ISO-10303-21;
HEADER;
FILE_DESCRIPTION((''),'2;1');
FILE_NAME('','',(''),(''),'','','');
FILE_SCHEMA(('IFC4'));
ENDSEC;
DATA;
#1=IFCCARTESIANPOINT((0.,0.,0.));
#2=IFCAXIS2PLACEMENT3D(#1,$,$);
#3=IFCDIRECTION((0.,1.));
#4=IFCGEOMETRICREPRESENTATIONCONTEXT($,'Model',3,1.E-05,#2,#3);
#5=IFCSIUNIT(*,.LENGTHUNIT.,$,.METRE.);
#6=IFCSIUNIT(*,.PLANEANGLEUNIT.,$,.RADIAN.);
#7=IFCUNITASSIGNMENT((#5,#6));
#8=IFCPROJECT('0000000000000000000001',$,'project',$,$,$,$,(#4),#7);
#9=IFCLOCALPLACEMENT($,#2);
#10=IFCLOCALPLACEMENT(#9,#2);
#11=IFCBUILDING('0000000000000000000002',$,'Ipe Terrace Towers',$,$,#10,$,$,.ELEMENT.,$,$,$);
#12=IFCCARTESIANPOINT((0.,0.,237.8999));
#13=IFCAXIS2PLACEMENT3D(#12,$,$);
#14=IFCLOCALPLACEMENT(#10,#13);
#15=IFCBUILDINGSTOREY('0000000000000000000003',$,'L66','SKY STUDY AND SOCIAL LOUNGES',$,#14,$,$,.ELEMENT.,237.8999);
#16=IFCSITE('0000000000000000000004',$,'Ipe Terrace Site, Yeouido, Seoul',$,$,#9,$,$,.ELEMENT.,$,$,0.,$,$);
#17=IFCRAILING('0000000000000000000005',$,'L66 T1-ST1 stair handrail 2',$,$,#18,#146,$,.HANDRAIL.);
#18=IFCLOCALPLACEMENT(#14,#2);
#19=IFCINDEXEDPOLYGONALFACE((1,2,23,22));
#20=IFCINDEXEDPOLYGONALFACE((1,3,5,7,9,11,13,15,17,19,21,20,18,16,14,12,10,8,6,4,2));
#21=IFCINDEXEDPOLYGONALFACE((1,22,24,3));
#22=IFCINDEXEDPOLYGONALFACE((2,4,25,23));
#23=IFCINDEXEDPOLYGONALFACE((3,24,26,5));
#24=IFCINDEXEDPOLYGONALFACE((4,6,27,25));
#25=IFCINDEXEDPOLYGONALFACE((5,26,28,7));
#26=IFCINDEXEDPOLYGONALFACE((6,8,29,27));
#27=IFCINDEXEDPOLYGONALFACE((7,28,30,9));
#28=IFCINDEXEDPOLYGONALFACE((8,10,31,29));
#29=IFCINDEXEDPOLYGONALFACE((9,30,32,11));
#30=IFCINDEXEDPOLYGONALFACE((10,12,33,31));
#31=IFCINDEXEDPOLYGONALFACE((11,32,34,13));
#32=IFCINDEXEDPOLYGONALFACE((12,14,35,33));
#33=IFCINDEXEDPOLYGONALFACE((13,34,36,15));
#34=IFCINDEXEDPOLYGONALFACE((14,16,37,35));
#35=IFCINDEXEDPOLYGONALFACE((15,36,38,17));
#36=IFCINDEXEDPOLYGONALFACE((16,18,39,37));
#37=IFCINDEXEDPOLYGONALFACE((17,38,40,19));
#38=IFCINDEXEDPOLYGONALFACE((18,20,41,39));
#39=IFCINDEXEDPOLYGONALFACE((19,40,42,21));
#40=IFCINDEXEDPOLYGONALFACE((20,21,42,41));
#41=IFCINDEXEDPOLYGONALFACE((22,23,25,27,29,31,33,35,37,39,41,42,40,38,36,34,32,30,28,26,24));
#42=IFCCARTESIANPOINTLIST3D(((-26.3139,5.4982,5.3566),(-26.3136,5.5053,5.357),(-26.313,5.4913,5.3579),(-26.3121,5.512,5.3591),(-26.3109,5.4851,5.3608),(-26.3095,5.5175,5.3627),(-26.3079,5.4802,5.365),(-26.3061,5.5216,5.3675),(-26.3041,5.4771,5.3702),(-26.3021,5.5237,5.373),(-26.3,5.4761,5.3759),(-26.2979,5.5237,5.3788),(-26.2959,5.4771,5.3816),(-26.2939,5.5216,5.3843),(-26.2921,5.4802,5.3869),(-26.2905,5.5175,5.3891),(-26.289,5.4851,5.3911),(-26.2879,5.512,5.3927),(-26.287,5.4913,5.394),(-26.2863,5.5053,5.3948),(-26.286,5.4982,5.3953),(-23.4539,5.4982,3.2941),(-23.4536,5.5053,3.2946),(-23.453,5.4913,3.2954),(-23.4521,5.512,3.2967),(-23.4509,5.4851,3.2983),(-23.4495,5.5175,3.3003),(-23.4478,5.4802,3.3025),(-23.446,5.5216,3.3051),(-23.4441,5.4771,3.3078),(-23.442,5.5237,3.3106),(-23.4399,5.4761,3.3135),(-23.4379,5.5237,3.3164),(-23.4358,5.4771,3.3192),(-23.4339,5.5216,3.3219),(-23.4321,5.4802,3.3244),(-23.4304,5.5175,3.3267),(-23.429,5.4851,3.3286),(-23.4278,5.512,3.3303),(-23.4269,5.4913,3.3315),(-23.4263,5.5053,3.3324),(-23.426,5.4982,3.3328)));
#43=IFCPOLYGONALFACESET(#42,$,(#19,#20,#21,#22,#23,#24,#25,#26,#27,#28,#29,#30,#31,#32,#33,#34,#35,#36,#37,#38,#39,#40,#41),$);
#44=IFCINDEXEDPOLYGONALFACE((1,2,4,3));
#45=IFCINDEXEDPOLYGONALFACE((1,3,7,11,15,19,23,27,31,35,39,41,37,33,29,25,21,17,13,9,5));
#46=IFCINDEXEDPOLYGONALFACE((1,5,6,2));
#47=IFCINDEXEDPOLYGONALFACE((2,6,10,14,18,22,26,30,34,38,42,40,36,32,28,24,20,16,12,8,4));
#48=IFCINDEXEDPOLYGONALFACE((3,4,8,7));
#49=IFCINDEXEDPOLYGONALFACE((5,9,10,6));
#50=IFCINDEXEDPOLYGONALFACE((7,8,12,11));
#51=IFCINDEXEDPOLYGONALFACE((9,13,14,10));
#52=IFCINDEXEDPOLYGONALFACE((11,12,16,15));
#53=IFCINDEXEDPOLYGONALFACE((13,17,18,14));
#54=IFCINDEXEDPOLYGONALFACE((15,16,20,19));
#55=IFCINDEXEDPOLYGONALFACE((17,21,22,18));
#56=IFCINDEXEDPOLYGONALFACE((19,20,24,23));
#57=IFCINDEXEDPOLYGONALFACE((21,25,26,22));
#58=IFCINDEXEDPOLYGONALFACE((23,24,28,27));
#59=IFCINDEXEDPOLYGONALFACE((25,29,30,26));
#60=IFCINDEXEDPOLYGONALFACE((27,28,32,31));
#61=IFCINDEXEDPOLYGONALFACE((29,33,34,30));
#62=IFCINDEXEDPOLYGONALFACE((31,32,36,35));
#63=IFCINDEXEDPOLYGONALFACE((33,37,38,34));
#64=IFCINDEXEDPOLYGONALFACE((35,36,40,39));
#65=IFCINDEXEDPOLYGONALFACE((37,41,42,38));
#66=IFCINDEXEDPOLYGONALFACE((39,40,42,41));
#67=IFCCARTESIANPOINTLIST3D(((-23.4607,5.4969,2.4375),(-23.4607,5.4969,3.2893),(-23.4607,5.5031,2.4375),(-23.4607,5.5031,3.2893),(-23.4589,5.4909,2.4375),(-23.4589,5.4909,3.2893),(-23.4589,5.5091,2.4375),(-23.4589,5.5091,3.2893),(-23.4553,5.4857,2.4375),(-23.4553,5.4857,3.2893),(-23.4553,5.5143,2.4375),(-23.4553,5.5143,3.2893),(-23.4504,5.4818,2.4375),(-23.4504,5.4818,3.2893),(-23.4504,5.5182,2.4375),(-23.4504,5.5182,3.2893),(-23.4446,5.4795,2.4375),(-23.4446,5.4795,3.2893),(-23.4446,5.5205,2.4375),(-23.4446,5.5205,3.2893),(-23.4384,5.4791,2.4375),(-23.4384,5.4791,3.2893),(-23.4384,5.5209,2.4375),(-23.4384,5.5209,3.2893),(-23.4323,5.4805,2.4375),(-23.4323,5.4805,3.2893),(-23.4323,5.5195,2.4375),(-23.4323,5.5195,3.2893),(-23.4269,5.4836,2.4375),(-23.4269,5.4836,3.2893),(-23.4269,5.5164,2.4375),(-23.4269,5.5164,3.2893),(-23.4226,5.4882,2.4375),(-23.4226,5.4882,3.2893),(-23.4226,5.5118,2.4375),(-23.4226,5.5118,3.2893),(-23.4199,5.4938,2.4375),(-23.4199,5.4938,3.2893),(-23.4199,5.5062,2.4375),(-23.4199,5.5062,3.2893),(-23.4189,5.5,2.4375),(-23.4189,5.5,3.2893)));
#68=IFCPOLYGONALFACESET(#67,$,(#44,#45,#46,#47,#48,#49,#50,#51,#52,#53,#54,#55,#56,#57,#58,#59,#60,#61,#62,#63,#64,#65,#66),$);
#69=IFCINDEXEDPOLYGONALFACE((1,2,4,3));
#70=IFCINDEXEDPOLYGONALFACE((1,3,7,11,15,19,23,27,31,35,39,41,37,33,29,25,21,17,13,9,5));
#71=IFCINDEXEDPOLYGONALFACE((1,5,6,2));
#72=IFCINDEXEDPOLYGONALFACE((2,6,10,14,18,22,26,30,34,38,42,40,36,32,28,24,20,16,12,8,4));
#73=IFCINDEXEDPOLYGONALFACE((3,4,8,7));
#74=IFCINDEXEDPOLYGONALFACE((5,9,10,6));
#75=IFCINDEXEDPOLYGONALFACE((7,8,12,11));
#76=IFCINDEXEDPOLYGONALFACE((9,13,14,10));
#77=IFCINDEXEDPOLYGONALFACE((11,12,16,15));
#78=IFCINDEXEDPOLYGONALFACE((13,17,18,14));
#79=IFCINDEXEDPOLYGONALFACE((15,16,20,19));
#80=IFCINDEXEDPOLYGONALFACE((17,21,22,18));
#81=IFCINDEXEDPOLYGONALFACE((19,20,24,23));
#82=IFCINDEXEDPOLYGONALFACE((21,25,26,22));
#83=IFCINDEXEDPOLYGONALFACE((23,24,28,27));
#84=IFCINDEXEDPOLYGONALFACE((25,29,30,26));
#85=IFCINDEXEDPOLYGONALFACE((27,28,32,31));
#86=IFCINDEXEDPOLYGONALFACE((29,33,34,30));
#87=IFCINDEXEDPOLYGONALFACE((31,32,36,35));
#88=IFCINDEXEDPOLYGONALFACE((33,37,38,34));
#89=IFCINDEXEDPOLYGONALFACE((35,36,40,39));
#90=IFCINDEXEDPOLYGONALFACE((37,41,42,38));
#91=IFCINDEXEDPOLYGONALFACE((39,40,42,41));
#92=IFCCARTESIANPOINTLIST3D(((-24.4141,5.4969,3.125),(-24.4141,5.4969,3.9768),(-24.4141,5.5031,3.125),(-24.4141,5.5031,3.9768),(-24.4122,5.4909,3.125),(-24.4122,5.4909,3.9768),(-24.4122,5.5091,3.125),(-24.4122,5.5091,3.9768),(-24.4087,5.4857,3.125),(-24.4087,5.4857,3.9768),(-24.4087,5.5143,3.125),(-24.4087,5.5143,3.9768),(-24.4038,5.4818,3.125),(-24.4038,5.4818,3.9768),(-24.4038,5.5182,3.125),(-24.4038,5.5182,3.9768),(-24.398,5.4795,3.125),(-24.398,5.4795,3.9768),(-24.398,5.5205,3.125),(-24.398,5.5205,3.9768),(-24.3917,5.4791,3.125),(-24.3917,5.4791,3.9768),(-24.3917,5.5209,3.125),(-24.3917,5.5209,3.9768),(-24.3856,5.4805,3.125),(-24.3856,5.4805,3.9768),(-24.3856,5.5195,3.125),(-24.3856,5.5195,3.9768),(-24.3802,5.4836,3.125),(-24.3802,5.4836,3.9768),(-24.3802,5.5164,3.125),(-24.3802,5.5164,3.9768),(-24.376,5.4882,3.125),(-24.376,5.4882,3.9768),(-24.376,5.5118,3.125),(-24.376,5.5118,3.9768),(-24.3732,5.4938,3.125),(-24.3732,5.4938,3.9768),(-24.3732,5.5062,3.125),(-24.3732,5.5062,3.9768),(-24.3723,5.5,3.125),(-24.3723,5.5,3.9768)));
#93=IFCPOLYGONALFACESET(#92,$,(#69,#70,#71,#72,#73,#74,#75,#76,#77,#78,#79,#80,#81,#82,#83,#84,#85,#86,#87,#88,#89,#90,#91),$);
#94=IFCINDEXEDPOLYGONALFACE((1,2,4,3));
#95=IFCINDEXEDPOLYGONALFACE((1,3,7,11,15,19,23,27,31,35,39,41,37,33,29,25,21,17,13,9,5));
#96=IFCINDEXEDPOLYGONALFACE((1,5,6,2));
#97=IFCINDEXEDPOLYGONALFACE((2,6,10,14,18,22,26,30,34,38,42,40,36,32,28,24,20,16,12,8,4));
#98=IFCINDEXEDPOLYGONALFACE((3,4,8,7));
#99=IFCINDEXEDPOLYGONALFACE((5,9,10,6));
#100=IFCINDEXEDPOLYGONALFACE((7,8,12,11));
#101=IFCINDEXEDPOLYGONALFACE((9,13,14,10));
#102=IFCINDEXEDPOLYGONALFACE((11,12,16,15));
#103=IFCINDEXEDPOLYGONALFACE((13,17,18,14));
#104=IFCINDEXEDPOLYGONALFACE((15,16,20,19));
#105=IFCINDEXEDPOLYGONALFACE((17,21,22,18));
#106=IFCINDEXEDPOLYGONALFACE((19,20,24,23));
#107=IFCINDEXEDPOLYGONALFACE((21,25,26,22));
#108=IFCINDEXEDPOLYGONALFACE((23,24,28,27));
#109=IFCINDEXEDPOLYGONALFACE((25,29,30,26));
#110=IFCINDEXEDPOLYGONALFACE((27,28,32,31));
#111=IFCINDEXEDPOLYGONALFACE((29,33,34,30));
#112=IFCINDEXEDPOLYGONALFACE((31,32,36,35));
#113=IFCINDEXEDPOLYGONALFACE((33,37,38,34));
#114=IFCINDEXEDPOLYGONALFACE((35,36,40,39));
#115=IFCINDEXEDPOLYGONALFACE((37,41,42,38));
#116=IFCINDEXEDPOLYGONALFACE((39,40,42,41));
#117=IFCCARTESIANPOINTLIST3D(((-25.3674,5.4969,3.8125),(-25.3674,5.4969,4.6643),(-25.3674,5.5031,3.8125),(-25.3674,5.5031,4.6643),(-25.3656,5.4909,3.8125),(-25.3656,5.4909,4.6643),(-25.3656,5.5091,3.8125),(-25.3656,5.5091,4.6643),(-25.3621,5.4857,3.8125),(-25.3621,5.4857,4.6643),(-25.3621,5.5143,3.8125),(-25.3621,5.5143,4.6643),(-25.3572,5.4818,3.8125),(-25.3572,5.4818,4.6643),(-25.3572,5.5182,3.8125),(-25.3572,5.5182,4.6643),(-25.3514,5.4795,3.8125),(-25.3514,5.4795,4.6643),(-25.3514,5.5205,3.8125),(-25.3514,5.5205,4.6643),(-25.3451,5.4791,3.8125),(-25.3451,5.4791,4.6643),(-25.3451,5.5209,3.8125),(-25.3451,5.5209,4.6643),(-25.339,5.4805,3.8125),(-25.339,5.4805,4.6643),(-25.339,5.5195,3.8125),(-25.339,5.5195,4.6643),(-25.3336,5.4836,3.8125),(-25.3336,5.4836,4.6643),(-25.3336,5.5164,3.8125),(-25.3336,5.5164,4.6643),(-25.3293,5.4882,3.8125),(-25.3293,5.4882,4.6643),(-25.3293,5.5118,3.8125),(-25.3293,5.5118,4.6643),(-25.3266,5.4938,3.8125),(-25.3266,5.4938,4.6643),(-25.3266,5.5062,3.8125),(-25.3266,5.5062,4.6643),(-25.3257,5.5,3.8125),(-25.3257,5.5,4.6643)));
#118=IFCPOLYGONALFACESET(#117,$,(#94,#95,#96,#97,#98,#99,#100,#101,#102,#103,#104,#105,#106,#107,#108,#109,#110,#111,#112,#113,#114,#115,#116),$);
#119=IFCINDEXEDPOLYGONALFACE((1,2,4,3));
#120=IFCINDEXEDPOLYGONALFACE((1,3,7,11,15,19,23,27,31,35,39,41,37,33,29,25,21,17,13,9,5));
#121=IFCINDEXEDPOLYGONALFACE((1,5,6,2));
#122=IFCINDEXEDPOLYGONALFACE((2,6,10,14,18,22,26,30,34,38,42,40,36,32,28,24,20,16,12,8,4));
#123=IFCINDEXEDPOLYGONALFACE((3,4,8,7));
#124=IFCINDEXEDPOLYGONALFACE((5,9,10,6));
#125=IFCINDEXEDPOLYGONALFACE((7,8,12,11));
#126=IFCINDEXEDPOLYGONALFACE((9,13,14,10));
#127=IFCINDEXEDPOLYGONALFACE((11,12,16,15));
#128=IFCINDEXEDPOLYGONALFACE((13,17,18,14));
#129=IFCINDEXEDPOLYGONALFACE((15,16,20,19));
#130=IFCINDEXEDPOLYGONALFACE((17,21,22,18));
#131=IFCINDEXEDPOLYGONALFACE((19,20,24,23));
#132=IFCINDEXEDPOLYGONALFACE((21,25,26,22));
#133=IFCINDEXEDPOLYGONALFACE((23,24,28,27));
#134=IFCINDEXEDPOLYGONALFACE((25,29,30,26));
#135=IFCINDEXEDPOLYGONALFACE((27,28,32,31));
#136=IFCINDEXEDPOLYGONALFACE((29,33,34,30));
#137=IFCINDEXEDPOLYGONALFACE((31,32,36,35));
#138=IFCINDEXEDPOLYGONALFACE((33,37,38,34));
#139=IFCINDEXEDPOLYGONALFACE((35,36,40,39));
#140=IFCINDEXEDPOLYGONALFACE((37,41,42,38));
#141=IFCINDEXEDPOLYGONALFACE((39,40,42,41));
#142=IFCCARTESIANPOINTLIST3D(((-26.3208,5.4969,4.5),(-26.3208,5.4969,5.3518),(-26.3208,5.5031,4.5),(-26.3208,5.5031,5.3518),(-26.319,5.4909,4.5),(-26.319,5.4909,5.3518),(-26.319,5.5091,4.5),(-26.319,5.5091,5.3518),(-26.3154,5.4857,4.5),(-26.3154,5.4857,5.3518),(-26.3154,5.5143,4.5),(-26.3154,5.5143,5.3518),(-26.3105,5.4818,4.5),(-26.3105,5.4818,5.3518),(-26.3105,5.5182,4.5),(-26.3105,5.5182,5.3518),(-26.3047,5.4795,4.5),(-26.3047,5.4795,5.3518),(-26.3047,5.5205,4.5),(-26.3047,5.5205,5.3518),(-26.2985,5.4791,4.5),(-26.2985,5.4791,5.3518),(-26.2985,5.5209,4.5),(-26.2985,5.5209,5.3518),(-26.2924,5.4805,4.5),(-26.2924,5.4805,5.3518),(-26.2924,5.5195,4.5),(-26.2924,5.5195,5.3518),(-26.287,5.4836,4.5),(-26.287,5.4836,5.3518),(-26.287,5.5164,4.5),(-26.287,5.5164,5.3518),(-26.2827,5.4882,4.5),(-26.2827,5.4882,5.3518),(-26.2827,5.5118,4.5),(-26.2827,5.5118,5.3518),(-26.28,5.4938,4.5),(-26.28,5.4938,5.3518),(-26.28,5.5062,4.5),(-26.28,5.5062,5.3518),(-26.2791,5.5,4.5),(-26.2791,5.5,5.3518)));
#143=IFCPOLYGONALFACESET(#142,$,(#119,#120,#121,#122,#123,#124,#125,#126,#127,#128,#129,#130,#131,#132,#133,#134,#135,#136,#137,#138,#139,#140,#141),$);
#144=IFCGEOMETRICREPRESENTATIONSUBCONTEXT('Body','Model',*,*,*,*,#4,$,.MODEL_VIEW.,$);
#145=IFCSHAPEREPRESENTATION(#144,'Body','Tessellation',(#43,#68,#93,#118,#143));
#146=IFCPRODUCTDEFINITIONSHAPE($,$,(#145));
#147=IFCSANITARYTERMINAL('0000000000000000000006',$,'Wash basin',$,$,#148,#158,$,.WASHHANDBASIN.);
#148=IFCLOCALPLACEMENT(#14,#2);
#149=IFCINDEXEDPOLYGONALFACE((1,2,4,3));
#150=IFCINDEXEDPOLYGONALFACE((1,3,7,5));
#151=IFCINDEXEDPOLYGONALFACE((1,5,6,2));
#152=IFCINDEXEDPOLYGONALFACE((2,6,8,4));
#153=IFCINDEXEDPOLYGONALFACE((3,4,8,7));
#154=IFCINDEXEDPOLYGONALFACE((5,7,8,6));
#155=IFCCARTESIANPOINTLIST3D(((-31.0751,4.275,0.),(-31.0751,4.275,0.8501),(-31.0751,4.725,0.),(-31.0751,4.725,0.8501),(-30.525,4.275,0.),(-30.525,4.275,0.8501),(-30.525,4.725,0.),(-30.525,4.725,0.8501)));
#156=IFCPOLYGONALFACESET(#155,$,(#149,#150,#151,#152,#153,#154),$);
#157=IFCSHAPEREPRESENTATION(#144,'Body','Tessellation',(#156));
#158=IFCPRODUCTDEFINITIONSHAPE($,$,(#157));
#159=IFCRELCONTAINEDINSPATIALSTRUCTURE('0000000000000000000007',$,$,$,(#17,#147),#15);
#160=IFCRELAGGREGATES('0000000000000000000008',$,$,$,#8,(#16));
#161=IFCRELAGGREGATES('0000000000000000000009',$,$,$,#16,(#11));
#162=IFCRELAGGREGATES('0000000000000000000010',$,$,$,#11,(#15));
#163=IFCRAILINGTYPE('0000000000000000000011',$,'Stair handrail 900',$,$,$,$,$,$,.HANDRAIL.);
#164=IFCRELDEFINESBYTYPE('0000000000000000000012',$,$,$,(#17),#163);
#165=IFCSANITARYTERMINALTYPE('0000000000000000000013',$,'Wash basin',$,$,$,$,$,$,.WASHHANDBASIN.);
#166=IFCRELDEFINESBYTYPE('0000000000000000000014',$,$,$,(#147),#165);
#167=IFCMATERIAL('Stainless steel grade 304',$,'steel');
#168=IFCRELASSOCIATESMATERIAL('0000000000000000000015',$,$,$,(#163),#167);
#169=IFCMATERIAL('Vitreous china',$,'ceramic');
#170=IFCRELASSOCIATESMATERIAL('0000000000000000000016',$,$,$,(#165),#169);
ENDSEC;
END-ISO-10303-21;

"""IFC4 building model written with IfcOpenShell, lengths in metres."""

from ifc_helpers import new_model, si_unit, direction, frame, origin, origin_2d, place, context, subcontext, project, spatial, rectangle, circle, extrude, material, type_object, element, save


model = new_model("IFC4")

# Units and contexts
model_context = context("Model", 3, precision=1e-05, world=origin(), true_north=direction((0.0, 1.0)))
body_context = subcontext(model_context, "Body", "Model", "MODEL_VIEW")
ifc_project = project(units=[si_unit("LENGTHUNIT", "METRE"), si_unit("PLANEANGLEUNIT", "RADIAN")], contexts=[model_context])

# Site, building, storey
site_placement = place(None, origin())
site = spatial("IfcSite", under=ifc_project, at=site_placement, Name="Ipe Terrace Site, Yeouido, Seoul", CompositionType="ELEMENT", RefElevation=0.0)
building_placement = place(site_placement, origin())
building = spatial("IfcBuilding", under=site, at=building_placement, Name="Ipe Terrace Towers", CompositionType="ELEMENT")
storey_placement = place(building_placement, frame((0.0, 0.0, 237.8999)))
storey = spatial("IfcBuildingStorey", under=building, at=storey_placement, Name="L66", Description="SKY STUDY AND SOCIAL LOUNGES", CompositionType="ELEMENT", Elevation=237.8999)

# Railing
ifc_material_1 = material(Name="Stainless steel grade 304", Category="steel")
railing_type_1 = type_object("IfcRailingType", Name="Stair handrail 900", PredefinedType="HANDRAIL", material=ifc_material_1)
railing_1_placement = place(storey_placement, frame((-23.4399, 5.5, 2.4375)))
element("IfcRailing", 1, at=railing_1_placement, inside=storey, type_object=railing_type_1, Name="L66 T1-ST1 stair handrail 2", PredefinedType="HANDRAIL", context=body_context, shape_type="SweptSolid", body=[
    extrude(circle(Radius=0.0239, at=origin_2d()), frame((0.0, 0.0, 0.876), z_axis=(-0.811101, 0.0, 0.584906), x_axis=(0.0, -1.0, 0.0)), (0.0, 0.0, 1.0), 3.5261),
    extrude(circle(Radius=0.021, at=origin_2d()), origin(), (0.0, 0.0, 1.0), 0.8518),
    extrude(circle(Radius=0.021, at=origin_2d()), frame((-0.9534, 0.0, 0.6875)), (0.0, 0.0, 1.0), 0.8518),
    extrude(circle(Radius=0.021, at=origin_2d()), frame((-1.9067, 0.0, 1.375)), (0.0, 0.0, 1.0), 0.8518),
    extrude(circle(Radius=0.021, at=origin_2d()), frame((-2.8601, 0.0, 2.0625)), (0.0, 0.0, 1.0), 0.8518),
])

# Sanitary terminal
ifc_material_2 = material(Name="Vitreous china", Category="ceramic")
sanitary_terminal_type = type_object("IfcSanitaryTerminalType", Name="Wash basin", PredefinedType="WASHHANDBASIN", material=ifc_material_2)
sanitary_terminal_placement = place(storey_placement, frame((-30.8, 4.5, 0.0), z_axis=(0.0, 0.0, 1.0), x_axis=(1.0, 0.0, 0.0)))
element("IfcSanitaryTerminal", 2, at=sanitary_terminal_placement, inside=storey, type_object=sanitary_terminal_type, Name="Wash basin", PredefinedType="WASHHANDBASIN", context=body_context, shape_type="SweptSolid", body=[
    extrude(rectangle(XDim=0.55, YDim=0.45, at=origin_2d()), origin(), (0.0, 0.0, 1.0), 0.8501),
])

save(model, "model.ifc")
